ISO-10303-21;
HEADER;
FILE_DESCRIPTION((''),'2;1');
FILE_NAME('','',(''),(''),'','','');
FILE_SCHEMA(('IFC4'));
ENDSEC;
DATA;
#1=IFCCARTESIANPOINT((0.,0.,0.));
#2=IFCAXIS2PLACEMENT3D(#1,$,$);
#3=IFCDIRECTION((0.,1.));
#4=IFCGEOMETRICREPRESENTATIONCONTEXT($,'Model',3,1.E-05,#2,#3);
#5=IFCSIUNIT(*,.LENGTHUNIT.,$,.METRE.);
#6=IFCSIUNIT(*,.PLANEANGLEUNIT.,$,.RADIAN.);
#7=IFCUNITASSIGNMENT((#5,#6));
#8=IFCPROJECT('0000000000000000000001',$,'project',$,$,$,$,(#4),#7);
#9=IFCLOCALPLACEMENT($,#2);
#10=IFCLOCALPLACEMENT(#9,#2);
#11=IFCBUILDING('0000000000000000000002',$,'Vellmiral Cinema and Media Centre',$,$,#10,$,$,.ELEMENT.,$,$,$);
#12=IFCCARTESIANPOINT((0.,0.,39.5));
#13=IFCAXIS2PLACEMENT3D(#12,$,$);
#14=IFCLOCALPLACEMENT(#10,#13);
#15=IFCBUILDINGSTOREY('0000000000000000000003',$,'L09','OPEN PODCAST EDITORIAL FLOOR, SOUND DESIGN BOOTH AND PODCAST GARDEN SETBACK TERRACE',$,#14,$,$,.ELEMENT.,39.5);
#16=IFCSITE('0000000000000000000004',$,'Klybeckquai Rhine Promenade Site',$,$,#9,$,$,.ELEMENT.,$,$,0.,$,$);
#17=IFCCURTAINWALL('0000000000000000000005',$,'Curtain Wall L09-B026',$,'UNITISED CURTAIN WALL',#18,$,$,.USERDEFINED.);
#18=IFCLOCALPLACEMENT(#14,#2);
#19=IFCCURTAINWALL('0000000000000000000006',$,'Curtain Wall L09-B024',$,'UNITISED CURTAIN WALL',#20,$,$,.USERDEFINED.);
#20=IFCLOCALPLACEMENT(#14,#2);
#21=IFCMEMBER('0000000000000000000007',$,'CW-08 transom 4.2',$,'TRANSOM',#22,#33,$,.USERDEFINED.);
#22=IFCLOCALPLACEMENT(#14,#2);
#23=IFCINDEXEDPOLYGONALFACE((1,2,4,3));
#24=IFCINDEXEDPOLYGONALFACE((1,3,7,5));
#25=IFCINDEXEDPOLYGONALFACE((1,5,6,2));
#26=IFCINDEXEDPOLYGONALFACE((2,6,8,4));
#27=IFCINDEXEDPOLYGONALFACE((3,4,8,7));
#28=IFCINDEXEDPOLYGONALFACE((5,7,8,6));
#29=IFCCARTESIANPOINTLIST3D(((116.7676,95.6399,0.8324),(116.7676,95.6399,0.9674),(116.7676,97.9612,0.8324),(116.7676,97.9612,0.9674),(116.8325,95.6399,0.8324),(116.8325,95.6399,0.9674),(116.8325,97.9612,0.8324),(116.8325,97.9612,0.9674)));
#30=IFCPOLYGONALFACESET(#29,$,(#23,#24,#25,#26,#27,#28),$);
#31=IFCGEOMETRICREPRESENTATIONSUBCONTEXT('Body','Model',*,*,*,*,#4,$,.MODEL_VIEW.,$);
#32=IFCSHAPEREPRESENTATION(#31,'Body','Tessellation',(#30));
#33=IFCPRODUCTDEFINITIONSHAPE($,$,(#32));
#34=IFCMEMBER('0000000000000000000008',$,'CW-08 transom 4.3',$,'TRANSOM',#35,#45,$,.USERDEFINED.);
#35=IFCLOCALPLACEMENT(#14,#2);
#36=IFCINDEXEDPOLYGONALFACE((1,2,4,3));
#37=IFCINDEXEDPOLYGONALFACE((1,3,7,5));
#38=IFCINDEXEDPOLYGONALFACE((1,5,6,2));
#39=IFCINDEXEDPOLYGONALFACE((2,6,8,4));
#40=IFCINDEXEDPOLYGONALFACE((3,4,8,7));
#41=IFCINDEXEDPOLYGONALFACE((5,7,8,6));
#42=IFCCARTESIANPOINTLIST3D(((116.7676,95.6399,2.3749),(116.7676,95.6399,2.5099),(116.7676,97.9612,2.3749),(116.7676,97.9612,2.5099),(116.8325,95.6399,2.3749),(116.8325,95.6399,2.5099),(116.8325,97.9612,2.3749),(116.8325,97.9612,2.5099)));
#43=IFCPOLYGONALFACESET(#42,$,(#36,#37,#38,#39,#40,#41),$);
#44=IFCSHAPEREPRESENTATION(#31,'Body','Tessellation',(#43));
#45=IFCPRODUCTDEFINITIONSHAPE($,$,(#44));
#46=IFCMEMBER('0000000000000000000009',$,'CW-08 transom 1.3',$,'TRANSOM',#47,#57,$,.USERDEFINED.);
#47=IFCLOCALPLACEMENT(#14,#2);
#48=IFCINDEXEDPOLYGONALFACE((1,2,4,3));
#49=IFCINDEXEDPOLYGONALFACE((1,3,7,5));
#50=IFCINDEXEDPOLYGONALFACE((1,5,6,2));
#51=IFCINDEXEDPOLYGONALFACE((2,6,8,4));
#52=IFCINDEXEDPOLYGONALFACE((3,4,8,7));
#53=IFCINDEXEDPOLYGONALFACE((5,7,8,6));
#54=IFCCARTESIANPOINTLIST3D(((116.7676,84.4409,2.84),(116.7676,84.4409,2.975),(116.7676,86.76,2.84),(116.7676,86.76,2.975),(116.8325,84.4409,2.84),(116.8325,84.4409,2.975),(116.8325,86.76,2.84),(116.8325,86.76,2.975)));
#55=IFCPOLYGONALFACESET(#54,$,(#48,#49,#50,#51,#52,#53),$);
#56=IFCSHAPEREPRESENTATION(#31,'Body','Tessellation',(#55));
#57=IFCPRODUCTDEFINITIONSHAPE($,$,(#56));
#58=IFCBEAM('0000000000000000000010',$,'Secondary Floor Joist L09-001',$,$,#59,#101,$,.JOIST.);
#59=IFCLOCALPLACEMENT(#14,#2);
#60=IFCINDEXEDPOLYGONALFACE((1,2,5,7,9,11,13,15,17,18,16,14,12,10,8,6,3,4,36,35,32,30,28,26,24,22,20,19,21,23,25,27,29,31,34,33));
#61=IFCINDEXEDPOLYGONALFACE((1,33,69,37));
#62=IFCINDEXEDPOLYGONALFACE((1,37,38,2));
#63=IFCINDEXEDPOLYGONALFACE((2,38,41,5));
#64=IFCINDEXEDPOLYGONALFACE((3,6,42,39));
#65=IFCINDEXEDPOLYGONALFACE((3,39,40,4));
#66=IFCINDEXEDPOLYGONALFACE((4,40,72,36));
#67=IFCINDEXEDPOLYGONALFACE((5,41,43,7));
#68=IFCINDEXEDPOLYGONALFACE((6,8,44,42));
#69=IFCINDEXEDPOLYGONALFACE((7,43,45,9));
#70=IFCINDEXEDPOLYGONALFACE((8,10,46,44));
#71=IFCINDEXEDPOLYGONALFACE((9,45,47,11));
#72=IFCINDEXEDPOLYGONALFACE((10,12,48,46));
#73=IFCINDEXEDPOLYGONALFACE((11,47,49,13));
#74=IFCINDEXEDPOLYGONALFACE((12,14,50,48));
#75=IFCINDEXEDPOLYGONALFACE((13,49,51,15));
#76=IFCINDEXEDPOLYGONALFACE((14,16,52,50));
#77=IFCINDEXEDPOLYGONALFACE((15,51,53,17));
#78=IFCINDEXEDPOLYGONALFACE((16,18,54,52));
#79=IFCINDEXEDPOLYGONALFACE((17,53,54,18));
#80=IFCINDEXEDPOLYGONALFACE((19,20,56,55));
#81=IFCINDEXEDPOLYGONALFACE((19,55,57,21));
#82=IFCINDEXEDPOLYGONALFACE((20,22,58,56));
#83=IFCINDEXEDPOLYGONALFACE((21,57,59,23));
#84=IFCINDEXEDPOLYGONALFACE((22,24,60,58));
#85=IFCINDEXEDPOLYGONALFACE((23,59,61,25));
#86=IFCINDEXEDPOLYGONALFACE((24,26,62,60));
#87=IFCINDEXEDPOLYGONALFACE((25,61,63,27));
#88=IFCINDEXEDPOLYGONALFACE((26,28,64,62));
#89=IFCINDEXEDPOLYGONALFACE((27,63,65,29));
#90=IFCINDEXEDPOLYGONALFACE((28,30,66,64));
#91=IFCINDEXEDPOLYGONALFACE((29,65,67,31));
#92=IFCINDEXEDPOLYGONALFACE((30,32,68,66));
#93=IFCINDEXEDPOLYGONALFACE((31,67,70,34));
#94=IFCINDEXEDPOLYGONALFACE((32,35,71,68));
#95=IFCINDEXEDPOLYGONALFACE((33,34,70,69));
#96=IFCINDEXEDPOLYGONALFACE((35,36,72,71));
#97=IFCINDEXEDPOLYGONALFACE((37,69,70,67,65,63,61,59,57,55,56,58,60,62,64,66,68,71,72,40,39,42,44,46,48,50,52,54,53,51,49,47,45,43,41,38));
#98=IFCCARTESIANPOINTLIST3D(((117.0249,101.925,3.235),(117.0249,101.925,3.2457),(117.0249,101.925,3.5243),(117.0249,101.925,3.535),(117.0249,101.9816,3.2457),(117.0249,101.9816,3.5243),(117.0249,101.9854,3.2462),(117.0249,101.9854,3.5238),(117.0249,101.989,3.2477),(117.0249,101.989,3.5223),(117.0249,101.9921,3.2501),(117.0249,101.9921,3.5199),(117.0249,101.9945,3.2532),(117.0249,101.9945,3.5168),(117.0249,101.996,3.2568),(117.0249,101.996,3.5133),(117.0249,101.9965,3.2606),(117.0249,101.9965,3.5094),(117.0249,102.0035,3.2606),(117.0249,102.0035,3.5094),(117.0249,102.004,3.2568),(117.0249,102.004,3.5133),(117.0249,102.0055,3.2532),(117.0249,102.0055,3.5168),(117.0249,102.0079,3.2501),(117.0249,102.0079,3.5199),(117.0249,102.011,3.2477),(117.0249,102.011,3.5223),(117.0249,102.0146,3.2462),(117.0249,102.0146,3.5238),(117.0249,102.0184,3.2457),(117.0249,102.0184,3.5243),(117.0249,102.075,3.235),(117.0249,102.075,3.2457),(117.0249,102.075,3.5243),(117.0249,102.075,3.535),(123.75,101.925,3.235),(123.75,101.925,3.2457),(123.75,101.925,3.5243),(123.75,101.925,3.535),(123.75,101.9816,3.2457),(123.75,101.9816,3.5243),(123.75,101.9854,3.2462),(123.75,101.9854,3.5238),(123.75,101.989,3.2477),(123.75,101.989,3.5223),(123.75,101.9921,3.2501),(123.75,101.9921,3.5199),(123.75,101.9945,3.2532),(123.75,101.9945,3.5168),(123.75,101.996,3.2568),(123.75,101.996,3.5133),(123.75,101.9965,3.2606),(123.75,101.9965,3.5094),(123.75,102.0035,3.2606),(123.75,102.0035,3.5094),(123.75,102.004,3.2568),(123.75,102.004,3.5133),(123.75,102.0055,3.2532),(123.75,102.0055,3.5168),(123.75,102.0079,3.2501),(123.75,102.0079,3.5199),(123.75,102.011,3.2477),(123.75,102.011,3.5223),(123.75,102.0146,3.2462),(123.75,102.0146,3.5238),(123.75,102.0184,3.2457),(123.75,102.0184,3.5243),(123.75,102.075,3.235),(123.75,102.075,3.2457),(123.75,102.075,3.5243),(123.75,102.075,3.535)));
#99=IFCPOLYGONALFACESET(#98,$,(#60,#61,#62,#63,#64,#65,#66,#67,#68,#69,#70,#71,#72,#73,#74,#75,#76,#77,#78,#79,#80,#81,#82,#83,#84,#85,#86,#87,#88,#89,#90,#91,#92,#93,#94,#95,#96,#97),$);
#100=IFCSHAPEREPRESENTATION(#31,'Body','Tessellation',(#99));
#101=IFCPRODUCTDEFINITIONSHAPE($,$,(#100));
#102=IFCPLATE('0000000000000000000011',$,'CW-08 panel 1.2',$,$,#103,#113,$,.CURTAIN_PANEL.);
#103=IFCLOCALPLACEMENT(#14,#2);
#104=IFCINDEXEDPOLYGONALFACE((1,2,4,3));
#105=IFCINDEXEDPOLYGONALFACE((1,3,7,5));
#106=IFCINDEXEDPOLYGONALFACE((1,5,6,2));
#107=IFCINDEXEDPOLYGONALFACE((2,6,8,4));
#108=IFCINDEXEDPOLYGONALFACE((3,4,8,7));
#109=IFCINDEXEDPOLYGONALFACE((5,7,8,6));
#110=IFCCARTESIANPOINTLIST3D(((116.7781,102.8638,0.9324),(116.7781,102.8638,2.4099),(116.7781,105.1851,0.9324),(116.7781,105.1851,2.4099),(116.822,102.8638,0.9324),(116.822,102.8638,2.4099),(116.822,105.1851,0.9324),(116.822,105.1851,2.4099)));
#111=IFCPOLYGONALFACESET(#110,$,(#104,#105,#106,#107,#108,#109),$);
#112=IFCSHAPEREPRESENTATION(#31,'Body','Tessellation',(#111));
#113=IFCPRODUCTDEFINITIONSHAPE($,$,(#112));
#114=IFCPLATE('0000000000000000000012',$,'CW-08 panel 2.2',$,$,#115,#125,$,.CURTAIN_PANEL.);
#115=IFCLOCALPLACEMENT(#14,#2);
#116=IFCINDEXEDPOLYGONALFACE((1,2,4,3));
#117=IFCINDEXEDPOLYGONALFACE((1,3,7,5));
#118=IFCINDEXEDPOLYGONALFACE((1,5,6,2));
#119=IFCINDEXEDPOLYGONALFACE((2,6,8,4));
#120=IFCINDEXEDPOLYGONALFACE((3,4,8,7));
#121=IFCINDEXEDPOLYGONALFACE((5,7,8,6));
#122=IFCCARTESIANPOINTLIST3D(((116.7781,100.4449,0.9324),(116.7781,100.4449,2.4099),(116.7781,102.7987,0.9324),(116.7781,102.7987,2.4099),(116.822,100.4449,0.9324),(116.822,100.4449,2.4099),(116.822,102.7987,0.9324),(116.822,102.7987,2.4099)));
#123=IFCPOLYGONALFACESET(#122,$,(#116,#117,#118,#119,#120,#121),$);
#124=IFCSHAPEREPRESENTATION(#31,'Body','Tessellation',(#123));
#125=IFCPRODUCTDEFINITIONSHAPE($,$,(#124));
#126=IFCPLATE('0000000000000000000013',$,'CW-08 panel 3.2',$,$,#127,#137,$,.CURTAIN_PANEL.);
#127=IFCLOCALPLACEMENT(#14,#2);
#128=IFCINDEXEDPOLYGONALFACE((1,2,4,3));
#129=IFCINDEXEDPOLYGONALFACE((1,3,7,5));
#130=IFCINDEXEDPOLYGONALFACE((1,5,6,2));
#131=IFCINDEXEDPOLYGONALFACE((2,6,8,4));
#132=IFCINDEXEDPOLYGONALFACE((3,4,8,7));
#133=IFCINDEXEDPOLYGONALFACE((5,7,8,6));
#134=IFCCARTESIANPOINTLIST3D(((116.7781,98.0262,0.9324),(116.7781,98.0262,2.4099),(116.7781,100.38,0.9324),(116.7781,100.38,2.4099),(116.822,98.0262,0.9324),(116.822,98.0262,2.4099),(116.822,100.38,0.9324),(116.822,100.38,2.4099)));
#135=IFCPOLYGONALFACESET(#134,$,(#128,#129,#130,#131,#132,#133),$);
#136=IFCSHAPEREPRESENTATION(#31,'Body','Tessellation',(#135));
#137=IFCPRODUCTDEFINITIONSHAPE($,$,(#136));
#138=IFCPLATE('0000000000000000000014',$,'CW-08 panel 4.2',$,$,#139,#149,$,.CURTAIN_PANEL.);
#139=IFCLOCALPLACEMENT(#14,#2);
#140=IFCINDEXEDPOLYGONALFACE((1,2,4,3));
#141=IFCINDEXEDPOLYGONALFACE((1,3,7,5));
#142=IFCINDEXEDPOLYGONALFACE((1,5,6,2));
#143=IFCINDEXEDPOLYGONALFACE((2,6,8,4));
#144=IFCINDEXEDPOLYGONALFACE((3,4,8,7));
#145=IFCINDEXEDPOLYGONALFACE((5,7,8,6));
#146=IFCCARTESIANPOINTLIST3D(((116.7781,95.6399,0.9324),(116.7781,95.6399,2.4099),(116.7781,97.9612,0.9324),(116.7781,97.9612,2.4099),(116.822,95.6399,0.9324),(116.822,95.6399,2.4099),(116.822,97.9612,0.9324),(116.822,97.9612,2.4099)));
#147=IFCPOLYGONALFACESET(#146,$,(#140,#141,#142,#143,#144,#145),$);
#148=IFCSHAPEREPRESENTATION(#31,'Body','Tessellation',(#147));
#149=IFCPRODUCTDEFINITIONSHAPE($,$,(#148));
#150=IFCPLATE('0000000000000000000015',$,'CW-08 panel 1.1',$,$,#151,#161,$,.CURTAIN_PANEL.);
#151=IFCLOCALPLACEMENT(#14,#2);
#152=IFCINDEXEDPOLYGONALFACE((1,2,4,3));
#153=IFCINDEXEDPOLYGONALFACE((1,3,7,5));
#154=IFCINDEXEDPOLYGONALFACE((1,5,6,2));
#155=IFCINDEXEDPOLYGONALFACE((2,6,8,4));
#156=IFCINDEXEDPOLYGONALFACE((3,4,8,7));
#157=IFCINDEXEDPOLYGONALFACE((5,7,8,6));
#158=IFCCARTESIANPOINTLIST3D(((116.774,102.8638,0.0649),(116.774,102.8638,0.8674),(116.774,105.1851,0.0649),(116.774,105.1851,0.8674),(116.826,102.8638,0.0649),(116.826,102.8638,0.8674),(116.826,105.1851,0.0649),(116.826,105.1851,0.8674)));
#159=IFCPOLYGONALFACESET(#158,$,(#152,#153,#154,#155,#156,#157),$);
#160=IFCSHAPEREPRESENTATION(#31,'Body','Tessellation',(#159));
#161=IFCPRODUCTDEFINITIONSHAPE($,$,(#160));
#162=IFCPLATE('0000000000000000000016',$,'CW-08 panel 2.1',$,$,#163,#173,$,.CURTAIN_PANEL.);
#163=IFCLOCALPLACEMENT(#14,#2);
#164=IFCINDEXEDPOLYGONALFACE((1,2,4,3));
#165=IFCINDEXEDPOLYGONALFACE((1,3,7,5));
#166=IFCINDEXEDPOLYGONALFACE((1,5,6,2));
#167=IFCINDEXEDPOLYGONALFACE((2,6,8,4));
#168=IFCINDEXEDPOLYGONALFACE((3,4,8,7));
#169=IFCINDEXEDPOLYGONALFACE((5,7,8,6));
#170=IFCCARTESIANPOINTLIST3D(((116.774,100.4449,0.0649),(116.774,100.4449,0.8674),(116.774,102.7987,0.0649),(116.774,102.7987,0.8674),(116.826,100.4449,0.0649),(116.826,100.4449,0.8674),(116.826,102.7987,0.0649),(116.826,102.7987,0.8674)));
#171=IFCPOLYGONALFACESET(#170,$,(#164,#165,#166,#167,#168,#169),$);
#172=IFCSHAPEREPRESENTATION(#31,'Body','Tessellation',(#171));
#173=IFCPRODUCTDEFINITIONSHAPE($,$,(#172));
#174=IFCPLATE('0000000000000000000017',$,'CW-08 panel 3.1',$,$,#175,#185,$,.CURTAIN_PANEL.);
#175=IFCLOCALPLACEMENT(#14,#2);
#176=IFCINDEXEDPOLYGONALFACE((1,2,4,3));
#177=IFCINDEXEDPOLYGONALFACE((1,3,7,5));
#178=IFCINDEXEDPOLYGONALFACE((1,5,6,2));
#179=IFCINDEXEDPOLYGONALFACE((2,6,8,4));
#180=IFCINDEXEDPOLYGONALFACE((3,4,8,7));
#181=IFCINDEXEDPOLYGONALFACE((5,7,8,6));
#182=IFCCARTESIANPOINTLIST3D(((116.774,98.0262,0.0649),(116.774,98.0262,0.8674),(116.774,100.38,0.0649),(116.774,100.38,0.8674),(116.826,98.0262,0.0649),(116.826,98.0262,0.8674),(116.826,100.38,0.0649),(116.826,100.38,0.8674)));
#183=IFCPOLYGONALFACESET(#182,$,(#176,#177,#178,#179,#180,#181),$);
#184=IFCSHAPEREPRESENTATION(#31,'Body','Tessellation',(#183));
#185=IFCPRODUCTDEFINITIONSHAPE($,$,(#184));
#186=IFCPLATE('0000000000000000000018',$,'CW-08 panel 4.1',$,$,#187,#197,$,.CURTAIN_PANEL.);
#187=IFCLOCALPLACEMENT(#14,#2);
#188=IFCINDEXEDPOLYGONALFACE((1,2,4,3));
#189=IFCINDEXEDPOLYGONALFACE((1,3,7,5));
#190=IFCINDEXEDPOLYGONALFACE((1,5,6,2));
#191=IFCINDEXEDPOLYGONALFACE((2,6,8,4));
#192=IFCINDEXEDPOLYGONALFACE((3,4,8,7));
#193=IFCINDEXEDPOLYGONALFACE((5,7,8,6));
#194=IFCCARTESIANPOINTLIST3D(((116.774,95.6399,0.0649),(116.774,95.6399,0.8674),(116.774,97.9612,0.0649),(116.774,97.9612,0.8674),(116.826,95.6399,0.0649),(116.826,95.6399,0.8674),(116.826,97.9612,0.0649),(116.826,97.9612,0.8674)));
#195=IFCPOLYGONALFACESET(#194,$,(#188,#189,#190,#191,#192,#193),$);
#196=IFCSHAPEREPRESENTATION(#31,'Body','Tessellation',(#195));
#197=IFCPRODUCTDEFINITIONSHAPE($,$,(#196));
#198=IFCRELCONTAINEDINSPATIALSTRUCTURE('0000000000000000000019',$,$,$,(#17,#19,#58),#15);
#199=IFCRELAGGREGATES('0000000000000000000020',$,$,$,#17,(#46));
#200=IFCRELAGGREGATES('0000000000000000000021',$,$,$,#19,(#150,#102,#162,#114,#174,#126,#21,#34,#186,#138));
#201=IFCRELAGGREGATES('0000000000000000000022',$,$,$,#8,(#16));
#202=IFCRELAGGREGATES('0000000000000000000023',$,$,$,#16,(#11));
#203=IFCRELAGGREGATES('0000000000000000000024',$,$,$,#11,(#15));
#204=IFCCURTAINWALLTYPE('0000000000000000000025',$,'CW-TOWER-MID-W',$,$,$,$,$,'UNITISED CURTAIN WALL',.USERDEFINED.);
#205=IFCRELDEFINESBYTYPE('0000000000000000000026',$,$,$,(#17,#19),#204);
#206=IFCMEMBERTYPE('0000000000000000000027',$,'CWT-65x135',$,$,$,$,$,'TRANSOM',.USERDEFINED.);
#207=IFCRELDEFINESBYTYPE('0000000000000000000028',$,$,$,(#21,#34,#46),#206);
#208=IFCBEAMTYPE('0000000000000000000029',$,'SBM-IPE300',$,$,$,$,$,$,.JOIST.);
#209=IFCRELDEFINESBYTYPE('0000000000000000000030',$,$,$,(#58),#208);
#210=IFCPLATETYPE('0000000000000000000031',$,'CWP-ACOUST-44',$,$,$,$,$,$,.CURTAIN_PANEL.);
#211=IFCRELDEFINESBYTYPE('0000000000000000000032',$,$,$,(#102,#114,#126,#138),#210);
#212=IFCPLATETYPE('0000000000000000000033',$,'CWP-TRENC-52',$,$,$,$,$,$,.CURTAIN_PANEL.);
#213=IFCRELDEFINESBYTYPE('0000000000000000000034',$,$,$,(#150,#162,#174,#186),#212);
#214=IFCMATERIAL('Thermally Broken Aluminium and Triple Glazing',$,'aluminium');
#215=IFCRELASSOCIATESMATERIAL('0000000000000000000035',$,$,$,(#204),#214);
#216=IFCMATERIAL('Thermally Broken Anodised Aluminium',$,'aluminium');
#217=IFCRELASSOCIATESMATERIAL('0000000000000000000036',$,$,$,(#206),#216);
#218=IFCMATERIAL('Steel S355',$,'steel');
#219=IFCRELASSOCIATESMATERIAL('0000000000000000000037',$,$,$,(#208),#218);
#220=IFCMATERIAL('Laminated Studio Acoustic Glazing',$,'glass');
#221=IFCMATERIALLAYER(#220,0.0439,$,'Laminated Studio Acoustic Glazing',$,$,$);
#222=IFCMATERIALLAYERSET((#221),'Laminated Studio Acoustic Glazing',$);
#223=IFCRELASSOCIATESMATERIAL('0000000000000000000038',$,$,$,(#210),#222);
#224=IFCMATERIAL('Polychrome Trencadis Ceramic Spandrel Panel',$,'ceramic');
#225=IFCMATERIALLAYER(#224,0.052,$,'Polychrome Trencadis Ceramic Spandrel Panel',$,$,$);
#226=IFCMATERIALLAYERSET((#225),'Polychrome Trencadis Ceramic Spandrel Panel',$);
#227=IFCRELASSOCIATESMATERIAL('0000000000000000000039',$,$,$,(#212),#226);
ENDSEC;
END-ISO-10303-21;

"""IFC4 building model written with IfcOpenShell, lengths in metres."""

from ifc_helpers import new_model, si_unit, direction, frame, origin, origin_2d, place, context, subcontext, project, spatial, rectangle, i_section, extrude, material, layer, layer_set, material_profile, profile_set, type_object, element, aggregate, save


model = new_model("IFC4")

# Units and contexts
model_context = context("Model", 3, precision=1e-05, world=origin(), true_north=direction((0.0, 1.0)))
body_context = subcontext(model_context, "Body", "Model", "MODEL_VIEW")
ifc_project = project(units=[si_unit("LENGTHUNIT", "METRE"), si_unit("PLANEANGLEUNIT", "RADIAN")], contexts=[model_context])

# Site, building, storey
site_placement = place(None, origin())
site = spatial("IfcSite", under=ifc_project, at=site_placement, Name="Klybeckquai Rhine Promenade Site", CompositionType="ELEMENT", RefElevation=0.0)
building_placement = place(site_placement, origin())
building = spatial("IfcBuilding", under=site, at=building_placement, Name="Vellmiral Cinema and Media Centre", CompositionType="ELEMENT")
storey_placement = place(building_placement, frame((0.0, 0.0, 39.5)))
storey = spatial("IfcBuildingStorey", under=building, at=storey_placement, Name="L09", Description="OPEN PODCAST EDITORIAL FLOOR, SOUND DESIGN BOOTH AND PODCAST GARDEN SETBACK TERRACE", CompositionType="ELEMENT", Elevation=39.5)

# Curtain wall
ifc_material_1 = material(Name="Thermally Broken Aluminium and Triple Glazing", Category="aluminium")
curtain_wall_type = type_object("IfcCurtainWallType", Name="CW-TOWER-MID-W", ElementType="UNITISED CURTAIN WALL", PredefinedType="USERDEFINED", material=ifc_material_1)
curtain_wall_1_placement = place(storey_placement, origin())
curtain_wall_1 = element("IfcCurtainWall", 1, at=curtain_wall_1_placement, inside=storey, type_object=curtain_wall_type, Name="Curtain Wall L09-B026", ObjectType="UNITISED CURTAIN WALL", PredefinedType="USERDEFINED")

# Curtain wall, members
curtain_wall_2_placement = place(storey_placement, origin())
curtain_wall_2 = element("IfcCurtainWall", 2, at=curtain_wall_2_placement, inside=storey, type_object=curtain_wall_type, Name="Curtain Wall L09-B024", ObjectType="UNITISED CURTAIN WALL", PredefinedType="USERDEFINED")
ifc_material_2 = material(Name="Thermally Broken Anodised Aluminium", Category="aluminium")
ifc_material_profile_1 = material_profile(ifc_material_2, rectangle(XDim=0.0649, YDim=0.135, at=origin_2d()), Name="MULL 65x135")
ifc_profile_set_1 = profile_set([ifc_material_profile_1], Name="Thermally Broken Anodised Aluminium")
member_type_1 = type_object("IfcMemberType", Name="CWT-65x135", ElementType="TRANSOM", PredefinedType="USERDEFINED", material=ifc_profile_set_1)
member_1_placement = place(storey_placement, frame((116.8, 97.9612, 0.8999), z_axis=(0.0, -1.0, 0.0), x_axis=(1.0, 0.0, 0.0)))
member_1 = element("IfcMember", 3, at=member_1_placement, type_object=member_type_1, Name="CW-08 transom 4.2", ObjectType="TRANSOM", PredefinedType="USERDEFINED", context=body_context, shape_type="SweptSolid", body=[
    extrude(rectangle(XDim=0.0649, YDim=0.135, at=origin_2d()), origin(), (0.0, 0.0, 1.0), 2.3213),
])
member_2_placement = place(storey_placement, frame((116.8, 97.9612, 2.4424), z_axis=(0.0, -1.0, 0.0), x_axis=(1.0, 0.0, 0.0)))
member_2 = element("IfcMember", 4, at=member_2_placement, type_object=member_type_1, Name="CW-08 transom 4.3", ObjectType="TRANSOM", PredefinedType="USERDEFINED", context=body_context, shape_type="SweptSolid", body=[
    extrude(rectangle(XDim=0.0649, YDim=0.135, at=origin_2d()), origin(), (0.0, 0.0, 1.0), 2.3213),
])

# Member
member_3_placement = place(storey_placement, frame((116.8, 86.76, 2.9075), z_axis=(0.0, -1.0, 0.0), x_axis=(1.0, 0.0, 0.0)))
member_3 = element("IfcMember", 5, at=member_3_placement, type_object=member_type_1, Name="CW-08 transom 1.3", ObjectType="TRANSOM", PredefinedType="USERDEFINED", context=body_context, shape_type="SweptSolid", body=[
    extrude(rectangle(XDim=0.0649, YDim=0.135, at=origin_2d()), origin(), (0.0, 0.0, 1.0), 2.3191),
])
aggregate(curtain_wall_1, [member_3])

# Beam
ifc_material_3 = material(Name="Steel S355", Category="steel")
ifc_material_profile_2 = material_profile(ifc_material_3, i_section(OverallWidth=0.1499, OverallDepth=0.3, WebThickness=0.0071, FlangeThickness=0.0107, FilletRadius=0.0149, at=origin_2d()), Name="IPE 300")
ifc_profile_set_2 = profile_set([ifc_material_profile_2], Name="Steel S355")
beam_type = type_object("IfcBeamType", Name="SBM-IPE300", PredefinedType="JOIST", material=ifc_profile_set_2)
beam_placement = place(storey_placement, frame((117.0249, 102.0, 3.385), z_axis=(1.0, 0.0, 0.0), x_axis=(0.0, 1.0, 0.0)))
element("IfcBeam", 6, at=beam_placement, inside=storey, type_object=beam_type, Name="Secondary Floor Joist L09-001", PredefinedType="JOIST", context=body_context, shape_type="SweptSolid", body=[
    extrude(i_section(OverallWidth=0.1499, OverallDepth=0.3, WebThickness=0.0071, FlangeThickness=0.0107, FilletRadius=0.0149, at=origin_2d()), origin(), (0.0, 0.0, 1.0), 6.7251),
])

# Plates
ifc_material_4 = material(Name="Laminated Studio Acoustic Glazing", Category="glass")
ifc_layer_1 = layer(ifc_material_4, 0.0439, Name="Laminated Studio Acoustic Glazing")
ifc_layer_set_1 = layer_set([ifc_layer_1], Name="Laminated Studio Acoustic Glazing")
plate_type_1 = type_object("IfcPlateType", Name="CWP-ACOUST-44", PredefinedType="CURTAIN_PANEL", material=ifc_layer_set_1)
plate_1_placement = place(storey_placement, frame((116.8, 104.0244, 0.9324), z_axis=(0.0, 0.0, 1.0), x_axis=(0.0, -1.0, 0.0)))
plate_1 = element("IfcPlate", 7, at=plate_1_placement, type_object=plate_type_1, Name="CW-08 panel 1.2", PredefinedType="CURTAIN_PANEL", context=body_context, shape_type="SweptSolid", body=[
    extrude(rectangle(XDim=2.3213, YDim=0.0439, at=origin_2d()), origin(), (0.0, 0.0, 1.0), 1.4775),
])
plate_2_placement = place(storey_placement, frame((116.8, 101.6218, 0.9324), z_axis=(0.0, 0.0, 1.0), x_axis=(0.0, -1.0, 0.0)))
plate_2 = element("IfcPlate", 8, at=plate_2_placement, type_object=plate_type_1, Name="CW-08 panel 2.2", PredefinedType="CURTAIN_PANEL", context=body_context, shape_type="SweptSolid", body=[
    extrude(rectangle(XDim=2.3538, YDim=0.0439, at=origin_2d()), origin(), (0.0, 0.0, 1.0), 1.4775),
])
plate_3_placement = place(storey_placement, frame((116.8, 99.2031, 0.9324), z_axis=(0.0, 0.0, 1.0), x_axis=(0.0, -1.0, 0.0)))
plate_3 = element("IfcPlate", 9, at=plate_3_placement, type_object=plate_type_1, Name="CW-08 panel 3.2", PredefinedType="CURTAIN_PANEL", context=body_context, shape_type="SweptSolid", body=[
    extrude(rectangle(XDim=2.3538, YDim=0.0439, at=origin_2d()), origin(), (0.0, 0.0, 1.0), 1.4775),
])
plate_4_placement = place(storey_placement, frame((116.8, 96.8005, 0.9324), z_axis=(0.0, 0.0, 1.0), x_axis=(0.0, -1.0, 0.0)))
plate_4 = element("IfcPlate", 10, at=plate_4_placement, type_object=plate_type_1, Name="CW-08 panel 4.2", PredefinedType="CURTAIN_PANEL", context=body_context, shape_type="SweptSolid", body=[
    extrude(rectangle(XDim=2.3213, YDim=0.0439, at=origin_2d()), origin(), (0.0, 0.0, 1.0), 1.4775),
])
ifc_material_5 = material(Name="Polychrome Trencadis Ceramic Spandrel Panel", Category="ceramic")
ifc_layer_2 = layer(ifc_material_5, 0.052, Name="Polychrome Trencadis Ceramic Spandrel Panel")
ifc_layer_set_2 = layer_set([ifc_layer_2], Name="Polychrome Trencadis Ceramic Spandrel Panel")
plate_type_2 = type_object("IfcPlateType", Name="CWP-TRENC-52", PredefinedType="CURTAIN_PANEL", material=ifc_layer_set_2)
plate_5_placement = place(storey_placement, frame((116.8, 104.0244, 0.0649), z_axis=(0.0, 0.0, 1.0), x_axis=(0.0, -1.0, 0.0)))
plate_5 = element("IfcPlate", 11, at=plate_5_placement, type_object=plate_type_2, Name="CW-08 panel 1.1", PredefinedType="CURTAIN_PANEL", context=body_context, shape_type="SweptSolid", body=[
    extrude(rectangle(XDim=2.3213, YDim=0.052, at=origin_2d()), origin(), (0.0, 0.0, 1.0), 0.8025),
])
plate_6_placement = place(storey_placement, frame((116.8, 101.6218, 0.0649), z_axis=(0.0, 0.0, 1.0), x_axis=(0.0, -1.0, 0.0)))
plate_6 = element("IfcPlate", 12, at=plate_6_placement, type_object=plate_type_2, Name="CW-08 panel 2.1", PredefinedType="CURTAIN_PANEL", context=body_context, shape_type="SweptSolid", body=[
    extrude(rectangle(XDim=2.3538, YDim=0.052, at=origin_2d()), origin(), (0.0, 0.0, 1.0), 0.8025),
])
plate_7_placement = place(storey_placement, frame((116.8, 99.2031, 0.0649), z_axis=(0.0, 0.0, 1.0), x_axis=(0.0, -1.0, 0.0)))
plate_7 = element("IfcPlate", 13, at=plate_7_placement, type_object=plate_type_2, Name="CW-08 panel 3.1", PredefinedType="CURTAIN_PANEL", context=body_context, shape_type="SweptSolid", body=[
    extrude(rectangle(XDim=2.3538, YDim=0.052, at=origin_2d()), origin(), (0.0, 0.0, 1.0), 0.8025),
])
plate_8_placement = place(storey_placement, frame((116.8, 96.8005, 0.0649), z_axis=(0.0, 0.0, 1.0), x_axis=(0.0, -1.0, 0.0)))
plate_8 = element("IfcPlate", 14, at=plate_8_placement, type_object=plate_type_2, Name="CW-08 panel 4.1", PredefinedType="CURTAIN_PANEL", context=body_context, shape_type="SweptSolid", body=[
    extrude(rectangle(XDim=2.3213, YDim=0.052, at=origin_2d()), origin(), (0.0, 0.0, 1.0), 0.8025),
])
aggregate(curtain_wall_2, [plate_5, plate_1, plate_6, plate_2, plate_7, plate_3, member_1, member_2, plate_8, plate_4])

save(model, "model.ifc")
